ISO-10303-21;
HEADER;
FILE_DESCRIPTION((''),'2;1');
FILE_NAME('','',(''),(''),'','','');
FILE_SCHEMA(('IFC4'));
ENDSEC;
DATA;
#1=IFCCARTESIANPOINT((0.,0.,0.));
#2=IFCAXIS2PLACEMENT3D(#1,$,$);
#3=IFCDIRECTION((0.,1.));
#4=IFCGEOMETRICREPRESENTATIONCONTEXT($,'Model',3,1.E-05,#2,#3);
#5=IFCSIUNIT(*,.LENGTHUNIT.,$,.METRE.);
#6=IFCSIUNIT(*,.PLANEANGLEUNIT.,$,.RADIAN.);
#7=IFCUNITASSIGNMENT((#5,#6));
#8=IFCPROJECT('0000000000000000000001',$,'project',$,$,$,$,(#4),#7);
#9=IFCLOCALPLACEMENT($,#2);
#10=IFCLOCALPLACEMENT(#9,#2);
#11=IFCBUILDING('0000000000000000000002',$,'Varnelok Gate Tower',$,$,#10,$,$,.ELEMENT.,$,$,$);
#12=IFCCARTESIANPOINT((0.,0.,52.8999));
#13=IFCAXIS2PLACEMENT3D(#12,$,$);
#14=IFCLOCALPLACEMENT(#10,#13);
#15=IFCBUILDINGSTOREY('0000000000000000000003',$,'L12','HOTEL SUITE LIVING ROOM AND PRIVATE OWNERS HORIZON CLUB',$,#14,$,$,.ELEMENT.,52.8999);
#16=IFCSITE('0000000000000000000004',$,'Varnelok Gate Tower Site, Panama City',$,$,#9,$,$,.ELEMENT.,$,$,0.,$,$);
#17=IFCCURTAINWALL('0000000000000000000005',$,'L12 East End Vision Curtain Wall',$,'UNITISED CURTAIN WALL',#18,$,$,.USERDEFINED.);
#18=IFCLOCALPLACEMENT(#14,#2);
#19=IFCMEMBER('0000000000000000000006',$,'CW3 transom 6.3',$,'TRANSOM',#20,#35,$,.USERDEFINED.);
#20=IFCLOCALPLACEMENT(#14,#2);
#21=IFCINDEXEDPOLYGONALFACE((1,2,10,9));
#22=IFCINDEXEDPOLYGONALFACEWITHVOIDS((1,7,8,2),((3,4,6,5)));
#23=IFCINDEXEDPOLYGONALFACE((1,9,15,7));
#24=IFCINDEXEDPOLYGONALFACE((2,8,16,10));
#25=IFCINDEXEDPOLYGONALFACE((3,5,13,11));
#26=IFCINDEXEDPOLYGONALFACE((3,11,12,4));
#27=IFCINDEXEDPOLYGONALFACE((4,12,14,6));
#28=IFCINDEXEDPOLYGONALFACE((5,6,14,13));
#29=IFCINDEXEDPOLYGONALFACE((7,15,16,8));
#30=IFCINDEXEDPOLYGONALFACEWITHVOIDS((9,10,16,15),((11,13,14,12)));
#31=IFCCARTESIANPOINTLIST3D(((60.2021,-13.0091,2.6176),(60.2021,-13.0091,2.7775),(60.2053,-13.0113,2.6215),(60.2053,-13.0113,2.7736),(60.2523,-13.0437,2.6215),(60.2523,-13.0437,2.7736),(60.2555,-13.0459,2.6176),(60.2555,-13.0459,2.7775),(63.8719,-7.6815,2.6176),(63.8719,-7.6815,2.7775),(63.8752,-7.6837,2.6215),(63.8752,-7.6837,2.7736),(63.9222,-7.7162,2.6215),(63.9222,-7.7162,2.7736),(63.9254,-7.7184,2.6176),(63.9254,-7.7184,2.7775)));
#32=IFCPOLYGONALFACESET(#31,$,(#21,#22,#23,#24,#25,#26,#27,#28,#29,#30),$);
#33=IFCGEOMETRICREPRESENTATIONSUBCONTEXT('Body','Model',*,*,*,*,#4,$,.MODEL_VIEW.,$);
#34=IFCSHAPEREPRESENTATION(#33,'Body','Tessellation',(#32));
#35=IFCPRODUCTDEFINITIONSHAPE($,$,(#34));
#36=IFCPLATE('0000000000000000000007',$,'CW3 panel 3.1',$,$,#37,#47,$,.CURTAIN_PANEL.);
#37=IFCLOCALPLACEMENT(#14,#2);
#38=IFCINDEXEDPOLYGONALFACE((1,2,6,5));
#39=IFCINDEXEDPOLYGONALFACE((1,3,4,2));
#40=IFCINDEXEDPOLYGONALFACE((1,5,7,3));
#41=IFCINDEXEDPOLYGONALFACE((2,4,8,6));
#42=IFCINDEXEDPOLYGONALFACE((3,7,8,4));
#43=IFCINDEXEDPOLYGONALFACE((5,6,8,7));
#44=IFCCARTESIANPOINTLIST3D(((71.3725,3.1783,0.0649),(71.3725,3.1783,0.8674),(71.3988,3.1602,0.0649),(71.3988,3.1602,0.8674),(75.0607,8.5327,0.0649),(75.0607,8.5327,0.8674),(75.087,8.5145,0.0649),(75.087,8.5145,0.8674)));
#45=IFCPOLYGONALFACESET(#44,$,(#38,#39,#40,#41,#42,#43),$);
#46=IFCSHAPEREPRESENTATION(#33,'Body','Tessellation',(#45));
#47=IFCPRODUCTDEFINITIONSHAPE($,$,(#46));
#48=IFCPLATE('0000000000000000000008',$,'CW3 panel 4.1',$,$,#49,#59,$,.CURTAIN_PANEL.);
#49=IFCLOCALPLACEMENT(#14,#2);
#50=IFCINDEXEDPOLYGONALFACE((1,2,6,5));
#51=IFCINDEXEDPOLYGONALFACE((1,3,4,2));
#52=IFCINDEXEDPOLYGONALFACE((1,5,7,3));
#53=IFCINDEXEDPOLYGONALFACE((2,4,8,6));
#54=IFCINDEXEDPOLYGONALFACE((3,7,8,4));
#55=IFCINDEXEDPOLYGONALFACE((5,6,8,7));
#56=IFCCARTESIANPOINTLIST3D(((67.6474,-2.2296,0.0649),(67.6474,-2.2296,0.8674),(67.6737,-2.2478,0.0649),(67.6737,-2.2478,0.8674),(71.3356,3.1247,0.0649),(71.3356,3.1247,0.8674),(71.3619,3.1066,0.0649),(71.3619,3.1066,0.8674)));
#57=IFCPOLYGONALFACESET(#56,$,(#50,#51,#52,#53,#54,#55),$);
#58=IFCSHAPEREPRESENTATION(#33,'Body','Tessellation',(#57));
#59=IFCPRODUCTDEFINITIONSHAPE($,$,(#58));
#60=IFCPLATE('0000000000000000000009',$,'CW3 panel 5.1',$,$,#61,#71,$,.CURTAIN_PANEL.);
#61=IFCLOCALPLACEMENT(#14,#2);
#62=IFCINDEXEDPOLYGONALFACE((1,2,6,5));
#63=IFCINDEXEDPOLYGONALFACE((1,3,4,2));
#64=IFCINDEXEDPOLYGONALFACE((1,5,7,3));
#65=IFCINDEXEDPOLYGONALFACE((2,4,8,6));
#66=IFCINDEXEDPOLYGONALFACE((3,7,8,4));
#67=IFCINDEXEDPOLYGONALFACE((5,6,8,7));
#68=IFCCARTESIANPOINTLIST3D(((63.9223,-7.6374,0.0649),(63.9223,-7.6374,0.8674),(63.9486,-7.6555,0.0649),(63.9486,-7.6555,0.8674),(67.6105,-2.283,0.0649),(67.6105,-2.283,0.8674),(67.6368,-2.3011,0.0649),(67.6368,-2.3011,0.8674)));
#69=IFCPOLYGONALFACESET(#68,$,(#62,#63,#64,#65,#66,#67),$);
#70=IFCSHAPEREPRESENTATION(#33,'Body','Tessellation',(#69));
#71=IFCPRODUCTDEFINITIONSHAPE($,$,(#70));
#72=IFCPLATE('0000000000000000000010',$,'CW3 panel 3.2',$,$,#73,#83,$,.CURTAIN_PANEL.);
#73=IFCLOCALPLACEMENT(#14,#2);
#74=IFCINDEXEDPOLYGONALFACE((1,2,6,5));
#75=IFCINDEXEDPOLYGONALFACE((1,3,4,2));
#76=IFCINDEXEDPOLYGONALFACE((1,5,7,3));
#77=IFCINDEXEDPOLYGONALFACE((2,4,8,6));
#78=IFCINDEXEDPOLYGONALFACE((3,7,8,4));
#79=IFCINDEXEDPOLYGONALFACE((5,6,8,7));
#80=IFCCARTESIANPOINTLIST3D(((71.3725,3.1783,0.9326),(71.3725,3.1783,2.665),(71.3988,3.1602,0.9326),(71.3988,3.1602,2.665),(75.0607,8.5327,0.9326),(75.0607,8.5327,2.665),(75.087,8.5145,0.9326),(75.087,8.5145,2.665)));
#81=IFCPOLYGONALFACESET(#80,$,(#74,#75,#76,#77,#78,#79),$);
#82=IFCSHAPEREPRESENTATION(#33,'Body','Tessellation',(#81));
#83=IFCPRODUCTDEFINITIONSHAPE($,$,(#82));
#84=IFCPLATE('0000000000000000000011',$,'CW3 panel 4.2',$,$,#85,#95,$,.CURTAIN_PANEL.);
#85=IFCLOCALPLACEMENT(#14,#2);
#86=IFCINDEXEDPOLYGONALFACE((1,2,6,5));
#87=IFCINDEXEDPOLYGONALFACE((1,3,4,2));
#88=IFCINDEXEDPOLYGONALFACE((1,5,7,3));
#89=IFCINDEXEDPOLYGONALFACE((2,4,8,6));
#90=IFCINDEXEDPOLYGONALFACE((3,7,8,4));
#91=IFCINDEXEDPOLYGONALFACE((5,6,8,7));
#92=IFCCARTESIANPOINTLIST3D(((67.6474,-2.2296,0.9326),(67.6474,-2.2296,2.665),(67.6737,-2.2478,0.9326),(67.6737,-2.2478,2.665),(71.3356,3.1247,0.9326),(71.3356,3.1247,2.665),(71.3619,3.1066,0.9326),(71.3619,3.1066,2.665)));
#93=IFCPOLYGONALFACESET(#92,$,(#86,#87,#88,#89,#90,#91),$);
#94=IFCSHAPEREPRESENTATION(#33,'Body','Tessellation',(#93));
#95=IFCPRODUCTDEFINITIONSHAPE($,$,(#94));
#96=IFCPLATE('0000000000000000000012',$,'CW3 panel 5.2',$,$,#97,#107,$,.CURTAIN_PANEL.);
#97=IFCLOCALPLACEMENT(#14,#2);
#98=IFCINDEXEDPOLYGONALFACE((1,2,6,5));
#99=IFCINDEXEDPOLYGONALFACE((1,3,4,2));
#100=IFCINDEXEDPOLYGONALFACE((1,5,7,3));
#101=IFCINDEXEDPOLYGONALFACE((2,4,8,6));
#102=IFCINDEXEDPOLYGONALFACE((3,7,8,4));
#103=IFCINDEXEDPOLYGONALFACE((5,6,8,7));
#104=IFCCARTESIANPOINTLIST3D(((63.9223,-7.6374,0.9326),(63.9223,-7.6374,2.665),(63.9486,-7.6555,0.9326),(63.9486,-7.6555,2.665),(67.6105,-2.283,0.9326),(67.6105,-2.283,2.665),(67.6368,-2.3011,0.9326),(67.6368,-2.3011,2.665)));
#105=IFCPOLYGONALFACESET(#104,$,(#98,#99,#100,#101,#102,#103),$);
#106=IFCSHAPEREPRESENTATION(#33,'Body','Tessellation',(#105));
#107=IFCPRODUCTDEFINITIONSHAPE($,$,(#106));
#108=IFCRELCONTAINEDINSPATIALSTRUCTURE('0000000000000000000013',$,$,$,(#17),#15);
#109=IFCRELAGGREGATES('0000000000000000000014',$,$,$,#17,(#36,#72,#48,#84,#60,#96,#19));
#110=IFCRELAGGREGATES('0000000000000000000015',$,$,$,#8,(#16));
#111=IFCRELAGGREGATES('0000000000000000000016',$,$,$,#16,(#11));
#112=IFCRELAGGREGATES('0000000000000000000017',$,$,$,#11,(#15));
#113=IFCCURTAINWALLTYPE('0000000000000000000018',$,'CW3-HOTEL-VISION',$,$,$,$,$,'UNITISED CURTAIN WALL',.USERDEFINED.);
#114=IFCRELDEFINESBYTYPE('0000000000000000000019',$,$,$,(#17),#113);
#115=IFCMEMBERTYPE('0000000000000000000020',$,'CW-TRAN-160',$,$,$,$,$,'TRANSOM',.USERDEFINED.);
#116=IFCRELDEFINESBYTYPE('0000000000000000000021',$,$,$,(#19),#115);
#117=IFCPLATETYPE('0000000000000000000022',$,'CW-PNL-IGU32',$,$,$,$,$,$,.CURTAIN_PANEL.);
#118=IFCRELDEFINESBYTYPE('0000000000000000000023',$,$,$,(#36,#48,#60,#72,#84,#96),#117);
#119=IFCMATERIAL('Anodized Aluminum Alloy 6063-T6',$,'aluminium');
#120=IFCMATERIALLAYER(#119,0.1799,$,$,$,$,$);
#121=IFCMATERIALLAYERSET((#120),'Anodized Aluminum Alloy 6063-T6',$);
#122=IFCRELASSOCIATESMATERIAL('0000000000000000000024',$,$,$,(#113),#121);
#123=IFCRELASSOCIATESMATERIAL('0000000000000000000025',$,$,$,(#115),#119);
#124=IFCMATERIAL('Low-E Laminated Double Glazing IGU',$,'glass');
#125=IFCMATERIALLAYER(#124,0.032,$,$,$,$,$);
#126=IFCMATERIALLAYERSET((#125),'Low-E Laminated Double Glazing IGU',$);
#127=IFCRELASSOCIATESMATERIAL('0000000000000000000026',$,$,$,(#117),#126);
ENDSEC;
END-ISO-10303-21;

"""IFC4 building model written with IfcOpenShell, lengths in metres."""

from ifc_helpers import new_model, si_unit, direction, frame, origin, origin_2d, place, context, subcontext, project, spatial, rectangle, hollow_rectangle, extrude, source, transform, mapped, material, layer, layer_set, material_profile, profile_set, type_object, element, aggregate, save


model = new_model("IFC4")

# Units and contexts
model_context = context("Model", 3, precision=1e-05, world=origin(), true_north=direction((0.0, 1.0)))
body_context = subcontext(model_context, "Body", "Model", "MODEL_VIEW")
ifc_project = project(units=[si_unit("LENGTHUNIT", "METRE"), si_unit("PLANEANGLEUNIT", "RADIAN")], contexts=[model_context])

# Site, building, storey
site_placement = place(None, origin())
site = spatial("IfcSite", under=ifc_project, at=site_placement, Name="Varnelok Gate Tower Site, Panama City", CompositionType="ELEMENT", RefElevation=0.0)
building_placement = place(site_placement, origin())
building = spatial("IfcBuilding", under=site, at=building_placement, Name="Varnelok Gate Tower", CompositionType="ELEMENT")
storey_placement = place(building_placement, frame((0.0, 0.0, 52.8999)))
storey = spatial("IfcBuildingStorey", under=building, at=storey_placement, Name="L12", Description="HOTEL SUITE LIVING ROOM AND PRIVATE OWNERS HORIZON CLUB", CompositionType="ELEMENT", Elevation=52.8999)

# Curtain wall, member, plates
ifc_material_1 = material(Name="Anodized Aluminum Alloy 6063-T6", Category="aluminium")
ifc_layer_1 = layer(ifc_material_1, 0.1799)
ifc_layer_set_1 = layer_set([ifc_layer_1], Name="Anodized Aluminum Alloy 6063-T6")
curtain_wall_type = type_object("IfcCurtainWallType", Name="CW3-HOTEL-VISION", ElementType="UNITISED CURTAIN WALL", PredefinedType="USERDEFINED", material=ifc_layer_set_1)
curtain_wall_placement = place(storey_placement, origin())
curtain_wall = element("IfcCurtainWall", 1, at=curtain_wall_placement, inside=storey, type_object=curtain_wall_type, Name="L12 East End Vision Curtain Wall", ObjectType="UNITISED CURTAIN WALL", PredefinedType="USERDEFINED")
ifc_material_profile_1 = material_profile(ifc_material_1, hollow_rectangle(XDim=0.0649, YDim=0.1599, WallThickness=0.0039, at=origin_2d()), Name="ALU160X65X4")
ifc_profile_set_1 = profile_set([ifc_material_profile_1], Name="Anodized Aluminum Alloy 6063-T6")
member_type_1 = type_object("IfcMemberType", Name="CW-TRAN-160", ElementType="TRANSOM", PredefinedType="USERDEFINED", material=ifc_profile_set_1)
member_1_placement = place(storey_placement, frame((63.8987, -7.7, 2.6975), z_axis=(-0.567281, -0.823524, 0.0), x_axis=(0.823524, -0.567281, 0.0)))
member_1 = element("IfcMember", 2, at=member_1_placement, type_object=member_type_1, Name="CW3 transom 6.3", ObjectType="TRANSOM", PredefinedType="USERDEFINED", context=body_context, shape_type="SweptSolid", body=[
    extrude(hollow_rectangle(XDim=0.0649, YDim=0.1599, WallThickness=0.0039, at=origin_2d()), origin(), (0.0, 0.0, 1.0), 6.4692),
])
ifc_material_2 = material(Name="Low-E Laminated Double Glazing IGU", Category="glass")
ifc_layer_2 = layer(ifc_material_2, 0.032)
ifc_layer_set_2 = layer_set([ifc_layer_2], Name="Low-E Laminated Double Glazing IGU")
plate_type = type_object("IfcPlateType", Name="CW-PNL-IGU32", PredefinedType="CURTAIN_PANEL", material=ifc_layer_set_2)
shared_shape_1 = source(origin(), body_context, "Body", "SweptSolid", [
    extrude(rectangle(XDim=6.5017, YDim=0.032, at=origin_2d()), origin(), (0.0, 0.0, 1.0), 0.8025),
])
plate_1_placement = place(storey_placement, frame((73.2297, 5.8464, 0.0649), z_axis=(0.0, 0.0, 1.0), x_axis=(-0.567269, -0.823533, 0.0)))
plate_1 = element("IfcPlate", 3, at=plate_1_placement, type_object=plate_type, Name="CW3 panel 3.1", PredefinedType="CURTAIN_PANEL", context=body_context, shape_type="MappedRepresentation", body=[
    mapped(shared_shape_1, transform((0.0, 0.0, 0.0), scale=1.0)),
])
plate_2_placement = place(storey_placement, frame((69.5046, 0.4385, 0.0649), z_axis=(0.0, 0.0, 1.0), x_axis=(-0.567269, -0.823533, 0.0)))
plate_2 = element("IfcPlate", 4, at=plate_2_placement, type_object=plate_type, Name="CW3 panel 4.1", PredefinedType="CURTAIN_PANEL", context=body_context, shape_type="MappedRepresentation", body=[
    mapped(shared_shape_1, transform((0.0, 0.0, 0.0), scale=1.0)),
])
plate_3_placement = place(storey_placement, frame((65.7795, -4.9692, 0.0649), z_axis=(0.0, 0.0, 1.0), x_axis=(-0.567269, -0.823533, 0.0)))
plate_3 = element("IfcPlate", 5, at=plate_3_placement, type_object=plate_type, Name="CW3 panel 5.1", PredefinedType="CURTAIN_PANEL", context=body_context, shape_type="MappedRepresentation", body=[
    mapped(shared_shape_1, transform((0.0, 0.0, 0.0), scale=1.0)),
])
shared_shape_2 = source(origin(), body_context, "Body", "SweptSolid", [
    extrude(rectangle(XDim=6.5017, YDim=0.032, at=origin_2d()), origin(), (0.0, 0.0, 1.0), 1.7324),
])
plate_4_placement = place(storey_placement, frame((73.2297, 5.8464, 0.9326), z_axis=(0.0, 0.0, 1.0), x_axis=(-0.567269, -0.823533, 0.0)))
plate_4 = element("IfcPlate", 6, at=plate_4_placement, type_object=plate_type, Name="CW3 panel 3.2", PredefinedType="CURTAIN_PANEL", context=body_context, shape_type="MappedRepresentation", body=[
    mapped(shared_shape_2, transform((0.0, 0.0, 0.0), scale=1.0)),
])
plate_5_placement = place(storey_placement, frame((69.5046, 0.4385, 0.9326), z_axis=(0.0, 0.0, 1.0), x_axis=(-0.567269, -0.823533, 0.0)))
plate_5 = element("IfcPlate", 7, at=plate_5_placement, type_object=plate_type, Name="CW3 panel 4.2", PredefinedType="CURTAIN_PANEL", context=body_context, shape_type="MappedRepresentation", body=[
    mapped(shared_shape_2, transform((0.0, 0.0, 0.0), scale=1.0)),
])
plate_6_placement = place(storey_placement, frame((65.7795, -4.9692, 0.9326), z_axis=(0.0, 0.0, 1.0), x_axis=(-0.567269, -0.823533, 0.0)))
plate_6 = element("IfcPlate", 8, at=plate_6_placement, type_object=plate_type, Name="CW3 panel 5.2", PredefinedType="CURTAIN_PANEL", context=body_context, shape_type="MappedRepresentation", body=[
    mapped(shared_shape_2, transform((0.0, 0.0, 0.0), scale=1.0)),
])
aggregate(curtain_wall, [plate_1, plate_4, plate_2, plate_5, plate_3, plate_6, member_1])

save(model, "model.ifc")
